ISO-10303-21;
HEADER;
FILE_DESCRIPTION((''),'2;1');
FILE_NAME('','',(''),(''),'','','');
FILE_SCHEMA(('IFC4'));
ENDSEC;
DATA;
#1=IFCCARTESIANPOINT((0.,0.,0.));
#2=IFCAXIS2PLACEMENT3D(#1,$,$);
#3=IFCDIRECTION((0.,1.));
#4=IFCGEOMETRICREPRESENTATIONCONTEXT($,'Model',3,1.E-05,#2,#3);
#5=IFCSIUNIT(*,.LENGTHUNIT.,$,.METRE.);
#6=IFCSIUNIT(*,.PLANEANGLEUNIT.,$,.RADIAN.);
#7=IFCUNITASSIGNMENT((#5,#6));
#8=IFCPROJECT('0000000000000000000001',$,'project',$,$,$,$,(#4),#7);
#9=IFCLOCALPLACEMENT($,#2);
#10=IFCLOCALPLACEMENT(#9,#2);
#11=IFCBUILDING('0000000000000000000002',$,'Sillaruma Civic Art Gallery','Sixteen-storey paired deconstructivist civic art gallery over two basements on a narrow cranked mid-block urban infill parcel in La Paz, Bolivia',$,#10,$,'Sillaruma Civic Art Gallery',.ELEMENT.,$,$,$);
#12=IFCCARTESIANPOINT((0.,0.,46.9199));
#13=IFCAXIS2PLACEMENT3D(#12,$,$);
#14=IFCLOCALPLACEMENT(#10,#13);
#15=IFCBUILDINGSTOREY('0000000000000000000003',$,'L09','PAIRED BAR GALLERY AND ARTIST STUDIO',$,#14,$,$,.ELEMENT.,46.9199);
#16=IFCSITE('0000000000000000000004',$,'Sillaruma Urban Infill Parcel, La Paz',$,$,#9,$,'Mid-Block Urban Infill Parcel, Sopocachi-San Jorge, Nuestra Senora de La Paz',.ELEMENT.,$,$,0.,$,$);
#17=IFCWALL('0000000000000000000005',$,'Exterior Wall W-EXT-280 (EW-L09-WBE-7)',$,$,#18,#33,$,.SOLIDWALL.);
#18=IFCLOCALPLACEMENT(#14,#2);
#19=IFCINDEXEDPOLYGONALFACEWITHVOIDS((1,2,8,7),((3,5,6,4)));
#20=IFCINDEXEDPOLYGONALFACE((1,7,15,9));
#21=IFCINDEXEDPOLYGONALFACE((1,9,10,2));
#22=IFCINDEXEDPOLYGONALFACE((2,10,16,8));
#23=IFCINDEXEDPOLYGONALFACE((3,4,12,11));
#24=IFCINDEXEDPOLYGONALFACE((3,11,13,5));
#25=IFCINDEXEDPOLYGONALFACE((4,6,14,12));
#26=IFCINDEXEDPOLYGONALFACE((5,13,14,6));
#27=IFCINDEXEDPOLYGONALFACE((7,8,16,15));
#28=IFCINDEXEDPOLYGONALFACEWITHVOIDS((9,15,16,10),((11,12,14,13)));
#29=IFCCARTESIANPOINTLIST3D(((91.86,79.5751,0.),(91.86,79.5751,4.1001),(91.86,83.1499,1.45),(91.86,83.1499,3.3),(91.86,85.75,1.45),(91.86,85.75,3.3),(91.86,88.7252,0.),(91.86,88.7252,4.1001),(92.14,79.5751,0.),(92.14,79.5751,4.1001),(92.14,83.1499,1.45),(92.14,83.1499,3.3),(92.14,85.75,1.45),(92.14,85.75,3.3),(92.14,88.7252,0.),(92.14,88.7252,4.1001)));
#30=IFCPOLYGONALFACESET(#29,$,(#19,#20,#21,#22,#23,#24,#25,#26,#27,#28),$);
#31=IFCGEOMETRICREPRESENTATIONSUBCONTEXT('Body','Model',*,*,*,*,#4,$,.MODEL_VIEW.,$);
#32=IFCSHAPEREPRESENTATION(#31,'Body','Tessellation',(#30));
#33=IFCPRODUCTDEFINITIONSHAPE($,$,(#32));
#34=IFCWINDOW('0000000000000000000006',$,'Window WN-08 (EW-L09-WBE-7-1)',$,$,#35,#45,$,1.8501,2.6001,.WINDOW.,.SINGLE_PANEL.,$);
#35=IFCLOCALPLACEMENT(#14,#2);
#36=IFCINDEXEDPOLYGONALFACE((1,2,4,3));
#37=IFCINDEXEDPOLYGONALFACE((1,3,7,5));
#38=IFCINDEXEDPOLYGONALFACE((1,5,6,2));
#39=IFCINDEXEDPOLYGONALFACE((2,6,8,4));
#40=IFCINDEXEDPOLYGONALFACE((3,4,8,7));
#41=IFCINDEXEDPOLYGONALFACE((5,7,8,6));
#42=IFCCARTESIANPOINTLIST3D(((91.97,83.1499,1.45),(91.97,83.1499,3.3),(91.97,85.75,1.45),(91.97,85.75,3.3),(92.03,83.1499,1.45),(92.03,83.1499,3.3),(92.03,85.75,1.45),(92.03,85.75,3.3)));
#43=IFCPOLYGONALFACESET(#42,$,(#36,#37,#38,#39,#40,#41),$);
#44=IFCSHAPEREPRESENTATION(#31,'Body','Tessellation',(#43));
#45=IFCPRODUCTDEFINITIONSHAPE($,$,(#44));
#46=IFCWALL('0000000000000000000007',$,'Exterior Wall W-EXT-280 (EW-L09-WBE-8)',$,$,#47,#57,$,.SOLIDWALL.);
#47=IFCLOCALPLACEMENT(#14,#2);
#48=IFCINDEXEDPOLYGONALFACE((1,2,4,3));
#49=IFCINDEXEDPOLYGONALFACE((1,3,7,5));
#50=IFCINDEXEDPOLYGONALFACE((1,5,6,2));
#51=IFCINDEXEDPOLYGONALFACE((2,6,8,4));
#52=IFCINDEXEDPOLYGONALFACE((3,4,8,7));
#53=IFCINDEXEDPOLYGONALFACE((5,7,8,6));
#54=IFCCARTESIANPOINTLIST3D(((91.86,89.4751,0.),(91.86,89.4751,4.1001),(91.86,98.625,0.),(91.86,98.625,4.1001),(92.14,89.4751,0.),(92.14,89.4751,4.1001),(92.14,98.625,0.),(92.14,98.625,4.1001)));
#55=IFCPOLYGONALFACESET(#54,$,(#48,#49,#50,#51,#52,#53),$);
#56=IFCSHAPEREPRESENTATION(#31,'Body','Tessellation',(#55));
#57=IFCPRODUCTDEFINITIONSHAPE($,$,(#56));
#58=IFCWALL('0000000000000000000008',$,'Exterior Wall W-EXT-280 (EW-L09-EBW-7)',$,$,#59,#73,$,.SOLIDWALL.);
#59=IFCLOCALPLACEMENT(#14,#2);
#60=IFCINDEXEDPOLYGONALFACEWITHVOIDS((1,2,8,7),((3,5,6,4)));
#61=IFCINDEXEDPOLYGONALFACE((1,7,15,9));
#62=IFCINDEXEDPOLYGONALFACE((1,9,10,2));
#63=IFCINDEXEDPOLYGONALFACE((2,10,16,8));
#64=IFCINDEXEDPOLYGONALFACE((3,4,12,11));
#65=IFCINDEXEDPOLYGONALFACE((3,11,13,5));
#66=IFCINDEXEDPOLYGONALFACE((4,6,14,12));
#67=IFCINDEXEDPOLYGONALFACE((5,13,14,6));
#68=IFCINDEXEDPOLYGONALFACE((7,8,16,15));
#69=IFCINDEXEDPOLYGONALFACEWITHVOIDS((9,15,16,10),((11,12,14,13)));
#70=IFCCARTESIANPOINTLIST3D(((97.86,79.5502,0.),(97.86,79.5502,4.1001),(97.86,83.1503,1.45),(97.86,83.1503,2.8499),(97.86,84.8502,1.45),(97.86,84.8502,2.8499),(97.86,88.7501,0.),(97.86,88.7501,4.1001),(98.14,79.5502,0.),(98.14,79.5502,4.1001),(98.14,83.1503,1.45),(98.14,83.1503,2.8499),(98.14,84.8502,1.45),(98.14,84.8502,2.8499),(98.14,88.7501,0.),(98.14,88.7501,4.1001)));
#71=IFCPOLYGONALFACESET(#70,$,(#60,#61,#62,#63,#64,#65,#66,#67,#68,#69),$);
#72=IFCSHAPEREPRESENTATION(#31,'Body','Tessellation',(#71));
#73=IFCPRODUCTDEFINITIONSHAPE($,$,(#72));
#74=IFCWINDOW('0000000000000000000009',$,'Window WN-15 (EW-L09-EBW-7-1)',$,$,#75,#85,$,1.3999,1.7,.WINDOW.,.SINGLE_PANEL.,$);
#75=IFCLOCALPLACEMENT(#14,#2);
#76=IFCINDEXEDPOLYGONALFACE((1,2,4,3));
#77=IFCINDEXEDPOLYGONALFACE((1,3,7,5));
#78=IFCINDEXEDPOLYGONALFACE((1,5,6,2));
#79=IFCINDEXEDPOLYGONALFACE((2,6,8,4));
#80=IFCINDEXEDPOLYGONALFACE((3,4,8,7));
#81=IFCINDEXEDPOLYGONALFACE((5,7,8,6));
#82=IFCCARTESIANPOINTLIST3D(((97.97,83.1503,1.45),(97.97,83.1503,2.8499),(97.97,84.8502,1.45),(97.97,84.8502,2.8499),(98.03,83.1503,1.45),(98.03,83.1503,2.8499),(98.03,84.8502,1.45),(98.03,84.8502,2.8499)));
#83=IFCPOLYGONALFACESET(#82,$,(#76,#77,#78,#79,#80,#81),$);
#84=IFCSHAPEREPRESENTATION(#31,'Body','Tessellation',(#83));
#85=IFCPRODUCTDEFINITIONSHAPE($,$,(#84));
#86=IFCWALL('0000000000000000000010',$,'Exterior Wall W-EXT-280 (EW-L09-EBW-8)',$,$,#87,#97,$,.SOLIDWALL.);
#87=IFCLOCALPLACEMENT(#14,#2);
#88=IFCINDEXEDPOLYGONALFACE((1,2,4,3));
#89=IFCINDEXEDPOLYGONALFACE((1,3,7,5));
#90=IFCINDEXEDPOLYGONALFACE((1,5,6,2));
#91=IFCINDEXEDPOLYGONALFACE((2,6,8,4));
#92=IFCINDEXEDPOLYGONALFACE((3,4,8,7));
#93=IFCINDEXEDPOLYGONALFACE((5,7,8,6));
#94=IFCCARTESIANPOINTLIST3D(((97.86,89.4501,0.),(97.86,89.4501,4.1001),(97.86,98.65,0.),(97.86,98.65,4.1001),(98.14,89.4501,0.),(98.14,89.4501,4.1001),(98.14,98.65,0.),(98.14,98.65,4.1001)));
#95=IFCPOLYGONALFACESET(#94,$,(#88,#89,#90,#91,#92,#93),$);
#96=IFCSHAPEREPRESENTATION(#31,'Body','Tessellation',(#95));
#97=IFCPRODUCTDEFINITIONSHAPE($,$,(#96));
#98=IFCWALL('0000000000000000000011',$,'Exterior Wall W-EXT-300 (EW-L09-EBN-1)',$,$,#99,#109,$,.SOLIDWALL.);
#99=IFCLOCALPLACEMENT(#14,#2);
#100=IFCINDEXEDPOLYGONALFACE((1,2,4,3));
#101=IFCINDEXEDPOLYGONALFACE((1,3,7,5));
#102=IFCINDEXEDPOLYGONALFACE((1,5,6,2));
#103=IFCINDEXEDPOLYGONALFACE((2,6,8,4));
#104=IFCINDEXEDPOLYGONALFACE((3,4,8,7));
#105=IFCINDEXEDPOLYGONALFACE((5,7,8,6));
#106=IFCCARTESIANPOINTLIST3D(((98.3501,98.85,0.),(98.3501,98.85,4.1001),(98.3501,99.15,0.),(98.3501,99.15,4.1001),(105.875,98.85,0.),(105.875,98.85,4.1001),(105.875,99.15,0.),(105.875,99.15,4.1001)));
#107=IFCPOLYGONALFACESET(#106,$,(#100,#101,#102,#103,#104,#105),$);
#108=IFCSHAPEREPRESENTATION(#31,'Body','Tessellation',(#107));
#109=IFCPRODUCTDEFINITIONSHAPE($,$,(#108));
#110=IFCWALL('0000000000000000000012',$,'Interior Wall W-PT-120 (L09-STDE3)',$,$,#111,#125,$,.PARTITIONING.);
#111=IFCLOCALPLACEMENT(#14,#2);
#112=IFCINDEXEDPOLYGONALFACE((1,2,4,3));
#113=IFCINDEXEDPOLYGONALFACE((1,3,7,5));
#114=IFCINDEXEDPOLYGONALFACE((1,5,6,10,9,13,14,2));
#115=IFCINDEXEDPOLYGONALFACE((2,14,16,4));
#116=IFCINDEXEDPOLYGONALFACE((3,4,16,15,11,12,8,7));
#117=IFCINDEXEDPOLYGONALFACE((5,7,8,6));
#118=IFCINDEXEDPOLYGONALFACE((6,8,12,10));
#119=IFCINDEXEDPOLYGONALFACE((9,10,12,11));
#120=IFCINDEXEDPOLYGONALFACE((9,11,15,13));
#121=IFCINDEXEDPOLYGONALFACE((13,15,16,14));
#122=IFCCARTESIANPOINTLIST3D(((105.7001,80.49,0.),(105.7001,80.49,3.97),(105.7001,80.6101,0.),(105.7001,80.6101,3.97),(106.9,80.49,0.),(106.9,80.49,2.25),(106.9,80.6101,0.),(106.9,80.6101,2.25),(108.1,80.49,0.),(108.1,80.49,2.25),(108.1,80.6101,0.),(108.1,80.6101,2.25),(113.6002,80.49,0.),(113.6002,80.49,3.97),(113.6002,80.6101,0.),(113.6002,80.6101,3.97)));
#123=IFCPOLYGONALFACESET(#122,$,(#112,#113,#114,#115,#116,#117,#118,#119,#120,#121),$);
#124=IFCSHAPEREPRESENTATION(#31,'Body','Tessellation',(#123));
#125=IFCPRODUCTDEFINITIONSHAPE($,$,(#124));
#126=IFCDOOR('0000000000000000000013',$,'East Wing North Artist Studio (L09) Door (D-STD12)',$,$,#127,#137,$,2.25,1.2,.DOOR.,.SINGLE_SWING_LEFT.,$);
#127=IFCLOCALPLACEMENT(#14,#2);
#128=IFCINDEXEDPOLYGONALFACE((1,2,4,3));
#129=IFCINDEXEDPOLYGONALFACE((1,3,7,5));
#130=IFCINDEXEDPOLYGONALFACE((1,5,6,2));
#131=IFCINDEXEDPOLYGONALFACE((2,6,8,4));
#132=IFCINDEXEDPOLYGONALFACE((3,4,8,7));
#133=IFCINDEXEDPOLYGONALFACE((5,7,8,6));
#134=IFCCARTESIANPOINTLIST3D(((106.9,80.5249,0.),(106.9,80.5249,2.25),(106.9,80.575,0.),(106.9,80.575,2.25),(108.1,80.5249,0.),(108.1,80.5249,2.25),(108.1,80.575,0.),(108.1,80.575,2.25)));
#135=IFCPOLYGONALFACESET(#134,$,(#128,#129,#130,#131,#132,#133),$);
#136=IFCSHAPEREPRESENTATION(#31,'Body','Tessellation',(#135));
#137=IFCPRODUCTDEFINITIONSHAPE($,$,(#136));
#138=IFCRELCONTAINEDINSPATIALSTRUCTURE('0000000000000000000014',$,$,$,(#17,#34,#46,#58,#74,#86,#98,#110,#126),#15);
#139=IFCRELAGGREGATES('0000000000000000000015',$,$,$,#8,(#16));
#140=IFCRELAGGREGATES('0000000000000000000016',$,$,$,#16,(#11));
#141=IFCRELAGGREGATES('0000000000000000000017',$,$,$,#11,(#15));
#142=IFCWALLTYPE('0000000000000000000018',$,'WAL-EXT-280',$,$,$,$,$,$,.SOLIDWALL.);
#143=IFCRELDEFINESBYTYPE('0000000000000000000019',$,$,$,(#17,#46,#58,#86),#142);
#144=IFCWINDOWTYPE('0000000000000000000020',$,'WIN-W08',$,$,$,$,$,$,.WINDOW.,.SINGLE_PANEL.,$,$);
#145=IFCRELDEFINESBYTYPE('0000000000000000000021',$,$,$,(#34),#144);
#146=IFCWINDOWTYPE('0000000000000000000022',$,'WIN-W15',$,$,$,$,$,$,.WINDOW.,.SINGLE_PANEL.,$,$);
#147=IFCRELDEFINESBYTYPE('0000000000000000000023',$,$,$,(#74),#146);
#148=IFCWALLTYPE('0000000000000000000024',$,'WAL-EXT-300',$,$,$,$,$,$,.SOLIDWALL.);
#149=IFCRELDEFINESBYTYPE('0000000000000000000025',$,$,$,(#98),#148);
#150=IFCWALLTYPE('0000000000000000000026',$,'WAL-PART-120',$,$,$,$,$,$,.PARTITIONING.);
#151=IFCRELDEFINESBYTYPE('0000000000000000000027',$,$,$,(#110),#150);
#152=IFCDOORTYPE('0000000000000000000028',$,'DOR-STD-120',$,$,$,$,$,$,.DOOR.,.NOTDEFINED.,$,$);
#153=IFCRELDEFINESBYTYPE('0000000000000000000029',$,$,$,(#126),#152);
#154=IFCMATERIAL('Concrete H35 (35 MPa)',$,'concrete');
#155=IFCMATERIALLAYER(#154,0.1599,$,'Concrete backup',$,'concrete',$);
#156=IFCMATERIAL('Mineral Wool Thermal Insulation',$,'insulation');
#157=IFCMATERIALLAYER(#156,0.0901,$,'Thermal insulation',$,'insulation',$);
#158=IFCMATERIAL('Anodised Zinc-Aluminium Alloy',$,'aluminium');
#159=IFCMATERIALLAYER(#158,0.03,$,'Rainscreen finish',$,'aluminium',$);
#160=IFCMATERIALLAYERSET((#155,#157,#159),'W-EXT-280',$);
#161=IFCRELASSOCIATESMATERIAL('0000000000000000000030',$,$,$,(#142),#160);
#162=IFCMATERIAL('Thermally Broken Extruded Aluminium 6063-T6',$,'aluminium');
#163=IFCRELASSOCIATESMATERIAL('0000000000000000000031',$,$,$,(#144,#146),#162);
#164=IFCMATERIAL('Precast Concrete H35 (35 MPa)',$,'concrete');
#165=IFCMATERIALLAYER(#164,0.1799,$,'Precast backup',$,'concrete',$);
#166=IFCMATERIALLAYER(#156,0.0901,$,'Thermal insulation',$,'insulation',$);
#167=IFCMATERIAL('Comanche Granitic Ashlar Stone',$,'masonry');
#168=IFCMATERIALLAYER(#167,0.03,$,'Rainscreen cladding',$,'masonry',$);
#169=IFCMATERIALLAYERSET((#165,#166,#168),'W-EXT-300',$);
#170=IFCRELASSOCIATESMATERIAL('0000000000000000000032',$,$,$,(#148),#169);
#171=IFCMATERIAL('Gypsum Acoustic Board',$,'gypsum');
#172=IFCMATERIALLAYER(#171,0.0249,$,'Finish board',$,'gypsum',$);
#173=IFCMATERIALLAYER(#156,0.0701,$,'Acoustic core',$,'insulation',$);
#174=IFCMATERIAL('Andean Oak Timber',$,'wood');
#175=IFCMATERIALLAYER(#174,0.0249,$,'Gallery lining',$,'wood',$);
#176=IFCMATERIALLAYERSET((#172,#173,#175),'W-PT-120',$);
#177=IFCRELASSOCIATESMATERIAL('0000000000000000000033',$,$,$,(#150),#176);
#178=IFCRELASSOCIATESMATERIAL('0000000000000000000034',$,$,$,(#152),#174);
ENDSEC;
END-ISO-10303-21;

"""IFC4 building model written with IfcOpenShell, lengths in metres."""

from ifc_helpers import new_model, si_unit, direction, frame, frame_2d, origin, place, context, subcontext, project, spatial, rectangle, extrude, material, layer, layer_set, type_object, element, fill, save


model = new_model("IFC4")

# Units and contexts
model_context = context("Model", 3, precision=1e-05, world=origin(), true_north=direction((0.0, 1.0)))
body_context = subcontext(model_context, "Body", "Model", "MODEL_VIEW")
ifc_project = project(units=[si_unit("LENGTHUNIT", "METRE"), si_unit("PLANEANGLEUNIT", "RADIAN")], contexts=[model_context])

# Site, building, storey
site_placement = place(None, origin())
site = spatial("IfcSite", under=ifc_project, at=site_placement, Name="Sillaruma Urban Infill Parcel, La Paz", LongName="Mid-Block Urban Infill Parcel, Sopocachi-San Jorge, Nuestra Senora de La Paz", CompositionType="ELEMENT", RefElevation=0.0)
building_placement = place(site_placement, origin())
building = spatial("IfcBuilding", under=site, at=building_placement, Name="Sillaruma Civic Art Gallery", Description="Sixteen-storey paired deconstructivist civic art gallery over two basements on a narrow cranked mid-block urban infill parcel in La Paz, Bolivia", LongName="Sillaruma Civic Art Gallery", CompositionType="ELEMENT")
storey_placement = place(building_placement, frame((0.0, 0.0, 46.9199)))
storey = spatial("IfcBuildingStorey", under=building, at=storey_placement, Name="L09", Description="PAIRED BAR GALLERY AND ARTIST STUDIO", CompositionType="ELEMENT", Elevation=46.9199)

# Shared definitions
ifc_material_1 = material(Name="Concrete H35 (35 MPa)", Category="concrete")

# Shared definitions
ifc_material_2 = material(Name="Thermally Broken Extruded Aluminium 6063-T6", Category="aluminium")

# Wall, opening, window
ifc_layer_1 = layer(ifc_material_1, 0.1599, Name="Concrete backup", Category="concrete")
ifc_material_3 = material(Name="Mineral Wool Thermal Insulation", Category="insulation")
ifc_layer_2 = layer(ifc_material_3, 0.0901, Name="Thermal insulation", Category="insulation")
ifc_material_4 = material(Name="Anodised Zinc-Aluminium Alloy", Category="aluminium")
ifc_layer_3 = layer(ifc_material_4, 0.03, Name="Rainscreen finish", Category="aluminium")
ifc_layer_set_1 = layer_set([ifc_layer_1, ifc_layer_2, ifc_layer_3], Name="W-EXT-280")
wall_type_1 = type_object("IfcWallType", Name="WAL-EXT-280", PredefinedType="SOLIDWALL", material=ifc_layer_set_1)
wall_1_placement = place(storey_placement, frame((92.0, 79.575, 0.0), z_axis=(0.0, 0.0, 1.0), x_axis=(0.0, 1.0, 0.0)))
wall_1 = element("IfcWall", 1, at=wall_1_placement, inside=storey, type_object=wall_type_1, Name="Exterior Wall W-EXT-280 (EW-L09-WBE-7)", PredefinedType="SOLIDWALL", context=body_context, shape_type="SweptSolid", body=[
    extrude(rectangle(XDim=9.1501, YDim=0.28, at=frame_2d((4.5752, 0.0))), origin(), (0.0, 0.0, 1.0), 4.1001),
])
opening_1_placement = place(wall_1_placement, frame((3.575, 0.0, 1.45)))
opening_1 = element("IfcOpeningElement", 2, at=opening_1_placement, cuts=wall_1, PredefinedType="OPENING", context=body_context, shape_type="SweptSolid", body=[
    extrude(rectangle(XDim=2.6001, YDim=1.8501, at=frame_2d((1.3, 0.925))), frame((0.0, 0.1499, 0.0), z_axis=(0.0, -1.0, 0.0), x_axis=(1.0, 0.0, 0.0)), (0.0, 0.0, 1.0), 0.3),
])
window_type_1 = type_object("IfcWindowType", Name="WIN-W08", PartitioningType="SINGLE_PANEL", PredefinedType="WINDOW", material=ifc_material_2)
window_1_placement = place(opening_1_placement, origin())
window_1 = element("IfcWindow", 3, at=window_1_placement, inside=storey, type_object=window_type_1, Name="Window WN-08 (EW-L09-WBE-7-1)", OverallHeight=1.8501, OverallWidth=2.6001, PartitioningType="SINGLE_PANEL", PredefinedType="WINDOW", context=body_context, shape_type="SweptSolid", body=[
    extrude(rectangle(XDim=2.6001, YDim=1.8501, at=frame_2d((1.3, 0.925))), frame((0.0, 0.03, 0.0), z_axis=(0.0, -1.0, 0.0), x_axis=(1.0, 0.0, 0.0)), (0.0, 0.0, 1.0), 0.0601),
])
fill(opening_1, window_1)

# Wall
wall_2_placement = place(storey_placement, frame((92.0, 89.4751, 0.0), z_axis=(0.0, 0.0, 1.0), x_axis=(0.0, 1.0, 0.0)))
element("IfcWall", 4, at=wall_2_placement, inside=storey, type_object=wall_type_1, Name="Exterior Wall W-EXT-280 (EW-L09-WBE-8)", PredefinedType="SOLIDWALL", context=body_context, shape_type="SweptSolid", body=[
    extrude(rectangle(XDim=9.1499, YDim=0.28, at=frame_2d((4.575, 0.0))), origin(), (0.0, 0.0, 1.0), 4.1001),
])

# Wall, opening, window
wall_3_placement = place(storey_placement, frame((98.0, 79.55, 0.0), z_axis=(0.0, 0.0, 1.0), x_axis=(0.0, 1.0, 0.0)))
wall_3 = element("IfcWall", 5, at=wall_3_placement, inside=storey, type_object=wall_type_1, Name="Exterior Wall W-EXT-280 (EW-L09-EBW-7)", PredefinedType="SOLIDWALL", context=body_context, shape_type="SweptSolid", body=[
    extrude(rectangle(XDim=9.2, YDim=0.28, at=frame_2d((4.6001, 0.0))), origin(), (0.0, 0.0, 1.0), 4.1001),
])
opening_2_placement = place(wall_3_placement, frame((3.6001, 0.0, 1.45)))
opening_2 = element("IfcOpeningElement", 6, at=opening_2_placement, cuts=wall_3, PredefinedType="OPENING", context=body_context, shape_type="SweptSolid", body=[
    extrude(rectangle(XDim=1.7, YDim=1.3999, at=frame_2d((0.8501, 0.7))), frame((0.0, 0.1499, 0.0), z_axis=(0.0, -1.0, 0.0), x_axis=(1.0, 0.0, 0.0)), (0.0, 0.0, 1.0), 0.3),
])
window_type_2 = type_object("IfcWindowType", Name="WIN-W15", PartitioningType="SINGLE_PANEL", PredefinedType="WINDOW", material=ifc_material_2)
window_2_placement = place(opening_2_placement, origin())
window_2 = element("IfcWindow", 7, at=window_2_placement, inside=storey, type_object=window_type_2, Name="Window WN-15 (EW-L09-EBW-7-1)", OverallHeight=1.3999, OverallWidth=1.7, PartitioningType="SINGLE_PANEL", PredefinedType="WINDOW", context=body_context, shape_type="SweptSolid", body=[
    extrude(rectangle(XDim=1.7, YDim=1.3999, at=frame_2d((0.8501, 0.7))), frame((0.0, 0.03, 0.0), z_axis=(0.0, -1.0, 0.0), x_axis=(1.0, 0.0, 0.0)), (0.0, 0.0, 1.0), 0.0601),
])
fill(opening_2, window_2)

# Walls
wall_4_placement = place(storey_placement, frame((98.0, 89.45, 0.0), z_axis=(0.0, 0.0, 1.0), x_axis=(0.0, 1.0, 0.0)))
element("IfcWall", 8, at=wall_4_placement, inside=storey, type_object=wall_type_1, Name="Exterior Wall W-EXT-280 (EW-L09-EBW-8)", PredefinedType="SOLIDWALL", context=body_context, shape_type="SweptSolid", body=[
    extrude(rectangle(XDim=9.2, YDim=0.28, at=frame_2d((4.6001, 0.0))), origin(), (0.0, 0.0, 1.0), 4.1001),
])
ifc_material_5 = material(Name="Precast Concrete H35 (35 MPa)", Category="concrete")
ifc_layer_4 = layer(ifc_material_5, 0.1799, Name="Precast backup", Category="concrete")
ifc_layer_5 = layer(ifc_material_3, 0.0901, Name="Thermal insulation", Category="insulation")
ifc_material_6 = material(Name="Comanche Granitic Ashlar Stone", Category="masonry")
ifc_layer_6 = layer(ifc_material_6, 0.03, Name="Rainscreen cladding", Category="masonry")
ifc_layer_set_2 = layer_set([ifc_layer_4, ifc_layer_5, ifc_layer_6], Name="W-EXT-300")
wall_type_2 = type_object("IfcWallType", Name="WAL-EXT-300", PredefinedType="SOLIDWALL", material=ifc_layer_set_2)
wall_5_placement = place(storey_placement, frame((98.3501, 99.0, 0.0), z_axis=(0.0, 0.0, 1.0), x_axis=(1.0, 0.0, 0.0)))
element("IfcWall", 9, at=wall_5_placement, inside=storey, type_object=wall_type_2, Name="Exterior Wall W-EXT-300 (EW-L09-EBN-1)", PredefinedType="SOLIDWALL", context=body_context, shape_type="SweptSolid", body=[
    extrude(rectangle(XDim=7.5249, YDim=0.3, at=frame_2d((3.7625, 0.0))), origin(), (0.0, 0.0, 1.0), 4.1001),
])

# Wall, opening, door
ifc_material_7 = material(Name="Gypsum Acoustic Board", Category="gypsum")
ifc_layer_7 = layer(ifc_material_7, 0.0249, Name="Finish board", Category="gypsum")
ifc_layer_8 = layer(ifc_material_3, 0.0701, Name="Acoustic core", Category="insulation")
ifc_material_8 = material(Name="Andean Oak Timber", Category="wood")
ifc_layer_9 = layer(ifc_material_8, 0.0249, Name="Gallery lining", Category="wood")
ifc_layer_set_3 = layer_set([ifc_layer_7, ifc_layer_8, ifc_layer_9], Name="W-PT-120")
wall_type_3 = type_object("IfcWallType", Name="WAL-PART-120", PredefinedType="PARTITIONING", material=ifc_layer_set_3)
wall_6_placement = place(storey_placement, frame((105.7, 80.55, 0.0), z_axis=(0.0, 0.0, 1.0), x_axis=(1.0, 0.0, 0.0)))
wall_6 = element("IfcWall", 10, at=wall_6_placement, inside=storey, type_object=wall_type_3, Name="Interior Wall W-PT-120 (L09-STDE3)", PredefinedType="PARTITIONING", context=body_context, shape_type="SweptSolid", body=[
    extrude(rectangle(XDim=7.9001, YDim=0.1201, at=frame_2d((3.9502, 0.0))), origin(), (0.0, 0.0, 1.0), 3.97),
])
opening_3_placement = place(wall_6_placement, frame((1.2, 0.0, 0.0)))
opening_3 = element("IfcOpeningElement", 11, at=opening_3_placement, cuts=wall_6, PredefinedType="OPENING", context=body_context, shape_type="SweptSolid", body=[
    extrude(rectangle(XDim=1.2, YDim=2.25, at=frame_2d((0.6001, 1.125))), frame((0.0, 0.0701, 0.0), z_axis=(0.0, -1.0, 0.0), x_axis=(1.0, 0.0, 0.0)), (0.0, 0.0, 1.0), 0.1401),
])
door_type = type_object("IfcDoorType", Name="DOR-STD-120", OperationType="NOTDEFINED", PredefinedType="DOOR", material=ifc_material_8)
door_placement = place(opening_3_placement, origin())
door = element("IfcDoor", 12, at=door_placement, inside=storey, type_object=door_type, Name="East Wing North Artist Studio (L09) Door (D-STD12)", OperationType="SINGLE_SWING_LEFT", OverallHeight=2.25, OverallWidth=1.2, PredefinedType="DOOR", context=body_context, shape_type="SweptSolid", body=[
    extrude(rectangle(XDim=1.2, YDim=2.25, at=frame_2d((0.6001, 1.125))), frame((0.0, 0.0249, 0.0), z_axis=(0.0, -1.0, 0.0), x_axis=(1.0, 0.0, 0.0)), (0.0, 0.0, 1.0), 0.05),
])
fill(opening_3, door)

save(model, "model.ifc")
